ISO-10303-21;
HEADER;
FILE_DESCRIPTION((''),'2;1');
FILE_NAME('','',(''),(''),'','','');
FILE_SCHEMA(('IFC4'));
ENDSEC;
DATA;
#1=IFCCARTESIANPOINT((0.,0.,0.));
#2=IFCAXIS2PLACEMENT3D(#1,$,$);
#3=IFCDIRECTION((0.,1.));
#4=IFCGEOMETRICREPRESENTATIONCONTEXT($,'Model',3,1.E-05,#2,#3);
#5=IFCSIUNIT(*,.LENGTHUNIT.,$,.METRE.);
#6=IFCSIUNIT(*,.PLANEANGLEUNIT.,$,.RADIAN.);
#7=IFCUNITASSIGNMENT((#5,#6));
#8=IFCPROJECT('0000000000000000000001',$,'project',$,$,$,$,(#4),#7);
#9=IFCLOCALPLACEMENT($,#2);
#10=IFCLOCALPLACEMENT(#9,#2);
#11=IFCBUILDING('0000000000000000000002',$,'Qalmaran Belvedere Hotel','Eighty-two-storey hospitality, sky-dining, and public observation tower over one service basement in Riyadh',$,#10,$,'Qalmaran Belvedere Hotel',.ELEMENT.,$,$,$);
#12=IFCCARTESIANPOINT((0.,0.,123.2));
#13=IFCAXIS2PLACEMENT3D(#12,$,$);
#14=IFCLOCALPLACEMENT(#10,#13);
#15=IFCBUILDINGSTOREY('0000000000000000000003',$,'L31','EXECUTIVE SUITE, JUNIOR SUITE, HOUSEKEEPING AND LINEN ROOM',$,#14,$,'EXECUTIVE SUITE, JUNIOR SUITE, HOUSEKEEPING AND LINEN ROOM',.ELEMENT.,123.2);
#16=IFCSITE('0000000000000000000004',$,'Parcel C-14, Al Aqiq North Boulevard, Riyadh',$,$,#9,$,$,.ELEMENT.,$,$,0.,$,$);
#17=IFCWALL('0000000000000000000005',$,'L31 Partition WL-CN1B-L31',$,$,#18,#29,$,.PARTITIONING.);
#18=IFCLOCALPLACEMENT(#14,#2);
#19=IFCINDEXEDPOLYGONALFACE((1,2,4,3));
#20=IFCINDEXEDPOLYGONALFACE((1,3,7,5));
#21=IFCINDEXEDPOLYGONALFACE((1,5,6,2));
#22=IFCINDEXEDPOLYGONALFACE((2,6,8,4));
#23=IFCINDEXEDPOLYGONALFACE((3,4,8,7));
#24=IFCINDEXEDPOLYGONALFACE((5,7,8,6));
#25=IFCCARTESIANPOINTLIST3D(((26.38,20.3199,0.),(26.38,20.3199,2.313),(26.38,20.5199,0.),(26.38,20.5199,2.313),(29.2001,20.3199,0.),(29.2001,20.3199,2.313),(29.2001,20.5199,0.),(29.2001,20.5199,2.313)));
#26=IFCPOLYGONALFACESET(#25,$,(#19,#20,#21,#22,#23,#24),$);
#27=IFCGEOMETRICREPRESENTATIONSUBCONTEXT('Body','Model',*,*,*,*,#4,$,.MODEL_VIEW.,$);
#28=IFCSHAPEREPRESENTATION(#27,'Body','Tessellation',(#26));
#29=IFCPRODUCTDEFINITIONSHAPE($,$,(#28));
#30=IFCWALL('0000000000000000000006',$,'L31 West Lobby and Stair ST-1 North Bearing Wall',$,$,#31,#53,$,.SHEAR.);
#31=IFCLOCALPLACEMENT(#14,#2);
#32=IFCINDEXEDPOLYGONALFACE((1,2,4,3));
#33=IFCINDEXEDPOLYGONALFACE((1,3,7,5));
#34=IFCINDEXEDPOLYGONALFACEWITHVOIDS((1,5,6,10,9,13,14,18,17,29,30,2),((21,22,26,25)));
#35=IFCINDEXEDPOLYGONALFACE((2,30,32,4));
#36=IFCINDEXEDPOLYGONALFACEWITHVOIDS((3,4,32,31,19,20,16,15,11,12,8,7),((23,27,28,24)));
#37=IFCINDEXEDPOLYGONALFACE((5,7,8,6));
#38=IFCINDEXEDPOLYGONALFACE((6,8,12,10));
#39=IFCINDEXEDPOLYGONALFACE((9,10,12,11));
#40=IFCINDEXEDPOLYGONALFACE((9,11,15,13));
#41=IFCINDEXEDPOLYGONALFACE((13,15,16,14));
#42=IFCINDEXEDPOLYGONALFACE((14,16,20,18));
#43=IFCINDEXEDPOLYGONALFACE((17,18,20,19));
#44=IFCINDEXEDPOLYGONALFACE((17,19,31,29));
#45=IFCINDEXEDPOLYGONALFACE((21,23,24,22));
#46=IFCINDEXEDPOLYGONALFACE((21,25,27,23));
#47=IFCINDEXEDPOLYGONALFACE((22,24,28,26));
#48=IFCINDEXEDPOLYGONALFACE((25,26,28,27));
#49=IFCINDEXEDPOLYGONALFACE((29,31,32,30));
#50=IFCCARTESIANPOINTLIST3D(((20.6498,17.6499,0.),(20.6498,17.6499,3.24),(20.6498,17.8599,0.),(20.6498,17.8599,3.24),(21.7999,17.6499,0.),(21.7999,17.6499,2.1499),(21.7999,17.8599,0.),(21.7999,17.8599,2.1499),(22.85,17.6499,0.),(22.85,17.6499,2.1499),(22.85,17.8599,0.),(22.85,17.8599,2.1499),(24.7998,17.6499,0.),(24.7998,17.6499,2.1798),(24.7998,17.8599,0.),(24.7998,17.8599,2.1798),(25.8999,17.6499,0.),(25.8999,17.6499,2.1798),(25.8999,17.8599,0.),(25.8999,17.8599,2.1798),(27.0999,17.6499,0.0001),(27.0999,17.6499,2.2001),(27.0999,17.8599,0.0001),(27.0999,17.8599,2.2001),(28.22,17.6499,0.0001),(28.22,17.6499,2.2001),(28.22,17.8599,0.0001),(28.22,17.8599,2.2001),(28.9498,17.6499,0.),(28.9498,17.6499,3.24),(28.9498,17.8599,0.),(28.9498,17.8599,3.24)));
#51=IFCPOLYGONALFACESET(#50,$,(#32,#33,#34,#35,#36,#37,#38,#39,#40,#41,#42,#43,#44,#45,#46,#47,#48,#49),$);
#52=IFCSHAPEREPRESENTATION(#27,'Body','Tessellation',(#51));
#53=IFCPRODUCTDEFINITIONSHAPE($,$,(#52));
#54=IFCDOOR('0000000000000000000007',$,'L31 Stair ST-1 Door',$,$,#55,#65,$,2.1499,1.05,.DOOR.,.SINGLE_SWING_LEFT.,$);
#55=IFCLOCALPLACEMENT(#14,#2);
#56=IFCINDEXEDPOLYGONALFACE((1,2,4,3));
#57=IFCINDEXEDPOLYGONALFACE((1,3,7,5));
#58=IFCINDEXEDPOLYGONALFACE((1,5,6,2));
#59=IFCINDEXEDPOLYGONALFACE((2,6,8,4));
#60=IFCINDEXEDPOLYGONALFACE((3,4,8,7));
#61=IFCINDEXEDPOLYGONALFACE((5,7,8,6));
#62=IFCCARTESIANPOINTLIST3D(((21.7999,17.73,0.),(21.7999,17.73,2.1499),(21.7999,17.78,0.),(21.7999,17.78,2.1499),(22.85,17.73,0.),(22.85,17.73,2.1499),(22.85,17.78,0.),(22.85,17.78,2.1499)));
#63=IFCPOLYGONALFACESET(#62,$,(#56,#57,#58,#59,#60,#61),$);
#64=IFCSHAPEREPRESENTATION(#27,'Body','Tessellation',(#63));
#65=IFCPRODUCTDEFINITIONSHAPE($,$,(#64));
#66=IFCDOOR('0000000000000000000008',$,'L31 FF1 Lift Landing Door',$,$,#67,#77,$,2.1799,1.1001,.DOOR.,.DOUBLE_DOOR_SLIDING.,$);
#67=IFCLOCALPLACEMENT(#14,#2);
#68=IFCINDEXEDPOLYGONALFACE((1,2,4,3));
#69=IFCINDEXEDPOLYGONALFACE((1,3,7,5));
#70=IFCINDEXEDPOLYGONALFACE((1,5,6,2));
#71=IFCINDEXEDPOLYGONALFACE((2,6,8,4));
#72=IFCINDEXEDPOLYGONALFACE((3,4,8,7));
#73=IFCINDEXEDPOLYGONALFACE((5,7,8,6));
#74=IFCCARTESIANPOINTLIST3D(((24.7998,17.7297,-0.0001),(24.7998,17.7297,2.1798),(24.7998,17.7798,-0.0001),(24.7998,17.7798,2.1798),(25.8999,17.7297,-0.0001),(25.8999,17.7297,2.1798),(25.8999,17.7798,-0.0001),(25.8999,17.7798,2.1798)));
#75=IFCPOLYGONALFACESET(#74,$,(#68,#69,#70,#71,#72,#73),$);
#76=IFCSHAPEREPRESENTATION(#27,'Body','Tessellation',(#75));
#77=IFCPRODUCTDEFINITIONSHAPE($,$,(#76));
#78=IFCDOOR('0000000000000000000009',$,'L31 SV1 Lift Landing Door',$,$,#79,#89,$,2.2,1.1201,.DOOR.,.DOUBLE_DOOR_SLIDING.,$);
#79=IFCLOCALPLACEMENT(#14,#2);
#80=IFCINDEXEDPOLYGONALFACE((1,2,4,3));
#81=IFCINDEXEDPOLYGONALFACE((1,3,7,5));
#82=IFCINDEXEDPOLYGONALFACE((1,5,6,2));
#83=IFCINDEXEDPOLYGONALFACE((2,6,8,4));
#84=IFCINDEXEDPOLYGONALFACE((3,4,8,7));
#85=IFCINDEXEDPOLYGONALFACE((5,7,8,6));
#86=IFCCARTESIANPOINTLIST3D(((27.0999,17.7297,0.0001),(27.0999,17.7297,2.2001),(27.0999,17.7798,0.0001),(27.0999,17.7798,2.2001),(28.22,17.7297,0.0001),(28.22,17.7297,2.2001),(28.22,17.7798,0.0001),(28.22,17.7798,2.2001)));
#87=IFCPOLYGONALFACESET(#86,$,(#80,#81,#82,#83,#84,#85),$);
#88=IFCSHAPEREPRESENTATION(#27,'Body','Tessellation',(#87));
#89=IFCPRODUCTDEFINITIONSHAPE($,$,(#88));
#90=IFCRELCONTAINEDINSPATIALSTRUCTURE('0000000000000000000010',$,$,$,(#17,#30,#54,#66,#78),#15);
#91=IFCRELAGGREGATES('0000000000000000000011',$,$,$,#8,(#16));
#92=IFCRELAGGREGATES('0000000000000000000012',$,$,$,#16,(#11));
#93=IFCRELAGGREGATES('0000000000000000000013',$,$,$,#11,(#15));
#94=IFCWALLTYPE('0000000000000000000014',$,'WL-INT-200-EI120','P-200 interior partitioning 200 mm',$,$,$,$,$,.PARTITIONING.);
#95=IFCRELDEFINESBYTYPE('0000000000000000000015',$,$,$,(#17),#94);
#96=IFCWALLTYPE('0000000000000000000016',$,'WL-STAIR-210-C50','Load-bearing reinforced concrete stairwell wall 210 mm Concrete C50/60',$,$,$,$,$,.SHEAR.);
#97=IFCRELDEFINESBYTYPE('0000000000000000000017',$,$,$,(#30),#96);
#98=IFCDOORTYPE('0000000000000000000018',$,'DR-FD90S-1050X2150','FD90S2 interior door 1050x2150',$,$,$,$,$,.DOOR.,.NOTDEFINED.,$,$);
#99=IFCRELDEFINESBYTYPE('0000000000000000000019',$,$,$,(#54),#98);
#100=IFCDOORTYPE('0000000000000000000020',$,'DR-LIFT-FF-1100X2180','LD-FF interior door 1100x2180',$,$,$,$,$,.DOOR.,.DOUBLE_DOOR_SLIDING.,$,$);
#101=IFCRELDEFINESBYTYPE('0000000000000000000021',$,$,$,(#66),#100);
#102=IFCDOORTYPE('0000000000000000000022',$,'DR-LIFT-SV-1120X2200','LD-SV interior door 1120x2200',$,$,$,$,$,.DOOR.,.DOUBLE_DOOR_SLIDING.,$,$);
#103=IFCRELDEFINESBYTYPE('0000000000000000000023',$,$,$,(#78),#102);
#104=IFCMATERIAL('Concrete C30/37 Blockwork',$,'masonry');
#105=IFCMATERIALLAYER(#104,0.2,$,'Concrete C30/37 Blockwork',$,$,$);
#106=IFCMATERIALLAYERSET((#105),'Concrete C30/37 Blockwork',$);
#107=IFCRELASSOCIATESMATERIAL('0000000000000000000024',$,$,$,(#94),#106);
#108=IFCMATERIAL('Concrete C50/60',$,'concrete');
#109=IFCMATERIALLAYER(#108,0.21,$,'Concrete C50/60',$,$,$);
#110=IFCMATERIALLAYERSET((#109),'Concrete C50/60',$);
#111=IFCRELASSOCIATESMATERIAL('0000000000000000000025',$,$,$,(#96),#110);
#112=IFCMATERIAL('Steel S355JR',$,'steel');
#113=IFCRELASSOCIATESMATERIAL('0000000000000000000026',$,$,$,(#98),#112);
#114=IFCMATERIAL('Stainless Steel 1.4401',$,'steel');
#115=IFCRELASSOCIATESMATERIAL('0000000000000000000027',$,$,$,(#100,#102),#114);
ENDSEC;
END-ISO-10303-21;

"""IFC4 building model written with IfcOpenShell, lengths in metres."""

from ifc_helpers import new_model, si_unit, direction, frame, frame_2d, origin, place, context, subcontext, project, spatial, rectangle, extrude, material, layer, layer_set, type_object, element, fill, save


model = new_model("IFC4")

# Units and contexts
model_context = context("Model", 3, precision=1e-05, world=origin(), true_north=direction((0.0, 1.0)))
body_context = subcontext(model_context, "Body", "Model", "MODEL_VIEW")
ifc_project = project(units=[si_unit("LENGTHUNIT", "METRE"), si_unit("PLANEANGLEUNIT", "RADIAN")], contexts=[model_context])

# Site, building, storey
site_placement = place(None, origin())
site = spatial("IfcSite", under=ifc_project, at=site_placement, Name="Parcel C-14, Al Aqiq North Boulevard, Riyadh", CompositionType="ELEMENT", RefElevation=0.0)
building_placement = place(site_placement, origin())
building = spatial("IfcBuilding", under=site, at=building_placement, Name="Qalmaran Belvedere Hotel", Description="Eighty-two-storey hospitality, sky-dining, and public observation tower over one service basement in Riyadh", LongName="Qalmaran Belvedere Hotel", CompositionType="ELEMENT")
storey_placement = place(building_placement, frame((0.0, 0.0, 123.2)))
storey = spatial("IfcBuildingStorey", under=building, at=storey_placement, Name="L31", Description="EXECUTIVE SUITE, JUNIOR SUITE, HOUSEKEEPING AND LINEN ROOM", LongName="EXECUTIVE SUITE, JUNIOR SUITE, HOUSEKEEPING AND LINEN ROOM", CompositionType="ELEMENT", Elevation=123.2)

# Shared definitions
ifc_material_1 = material(Name="Steel S355JR", Category="steel")

# Shared definitions
ifc_material_2 = material(Name="Concrete C30/37 Blockwork", Category="masonry")
ifc_layer_1 = layer(ifc_material_2, 0.2, Name="Concrete C30/37 Blockwork")
ifc_layer_set_1 = layer_set([ifc_layer_1], Name="Concrete C30/37 Blockwork")
wall_type_1 = type_object("IfcWallType", Name="WL-INT-200-EI120", Description="P-200 interior partitioning 200 mm", PredefinedType="PARTITIONING", material=ifc_layer_set_1)

# Wall
wall_1_placement = place(storey_placement, frame((26.3799, 20.4199, 0.0), z_axis=(0.0, 0.0, 1.0), x_axis=(1.0, 0.0, 0.0)))
element("IfcWall", 1, at=wall_1_placement, inside=storey, type_object=wall_type_1, Name="L31 Partition WL-CN1B-L31", PredefinedType="PARTITIONING", context=body_context, shape_type="SweptSolid", body=[
    extrude(rectangle(XDim=2.8201, YDim=0.2, at=frame_2d((1.4102, 0.0))), origin(), (0.0, 0.0, 1.0), 2.313),
])

# Wall, openings, doors
ifc_material_3 = material(Name="Concrete C50/60", Category="concrete")
ifc_layer_2 = layer(ifc_material_3, 0.21, Name="Concrete C50/60")
ifc_layer_set_2 = layer_set([ifc_layer_2], Name="Concrete C50/60")
wall_type_2 = type_object("IfcWallType", Name="WL-STAIR-210-C50", Description="Load-bearing reinforced concrete stairwell wall 210 mm Concrete C50/60", PredefinedType="SHEAR", material=ifc_layer_set_2)
wall_2_placement = place(storey_placement, frame((20.6499, 17.7549, 0.0), z_axis=(0.0, 0.0, 1.0), x_axis=(1.0, 0.0, 0.0)))
wall_2 = element("IfcWall", 2, at=wall_2_placement, inside=storey, type_object=wall_type_2, Name="L31 West Lobby and Stair ST-1 North Bearing Wall", PredefinedType="SHEAR", context=body_context, shape_type="SweptSolid", body=[
    extrude(rectangle(XDim=8.3, YDim=0.21, at=frame_2d((4.1499, 0.0))), origin(), (0.0, 0.0, 1.0), 3.24),
])
opening_1_placement = place(wall_2_placement, frame((2.2, 0.0, 0.0), z_axis=(0.0, 0.0, 1.0), x_axis=(-1.0, 0.0, 0.0)))
opening_1 = element("IfcOpeningElement", 3, at=opening_1_placement, cuts=wall_2, PredefinedType="OPENING", context=body_context, shape_type="SweptSolid", body=[
    extrude(rectangle(XDim=1.05, YDim=2.1499, at=frame_2d((0.5249, 1.075))), frame((0.0, 0.115, 0.0), z_axis=(0.0, -1.0, 0.0), x_axis=(1.0, 0.0, 0.0)), (0.0, 0.0, 1.0), 0.23),
])
opening_2_placement = place(wall_2_placement, frame((4.1499, 0.0, 0.0)))
opening_2 = element("IfcOpeningElement", 4, at=opening_2_placement, cuts=wall_2, PredefinedType="OPENING", context=body_context, shape_type="SweptSolid", body=[
    extrude(rectangle(XDim=1.1001, YDim=2.1799, at=frame_2d((0.55, 1.0898))), frame((0.0, 0.115, 0.0), z_axis=(0.0, -1.0, 0.0), x_axis=(1.0, 0.0, 0.0)), (0.0, 0.0, 1.0), 0.23),
])
opening_3_placement = place(wall_2_placement, frame((6.45, 0.0, 0.0)))
opening_3 = element("IfcOpeningElement", 5, at=opening_3_placement, cuts=wall_2, PredefinedType="OPENING", context=body_context, shape_type="SweptSolid", body=[
    extrude(rectangle(XDim=1.1201, YDim=2.2, at=frame_2d((0.5601, 1.1001))), frame((0.0, 0.115, 0.0), z_axis=(0.0, -1.0, 0.0), x_axis=(1.0, 0.0, 0.0)), (0.0, 0.0, 1.0), 0.23),
])
door_type_1 = type_object("IfcDoorType", Name="DR-FD90S-1050X2150", Description="FD90S2 interior door 1050x2150", OperationType="NOTDEFINED", PredefinedType="DOOR", material=ifc_material_1)
door_1_placement = place(opening_1_placement, origin())
door_1 = element("IfcDoor", 6, at=door_1_placement, inside=storey, type_object=door_type_1, Name="L31 Stair ST-1 Door", OperationType="SINGLE_SWING_LEFT", OverallHeight=2.1499, OverallWidth=1.05, PredefinedType="DOOR", context=body_context, shape_type="SweptSolid", body=[
    extrude(rectangle(XDim=1.05, YDim=2.1499, at=frame_2d((0.5249, 1.075))), frame((0.0, 0.0249, 0.0), z_axis=(0.0, -1.0, 0.0), x_axis=(1.0, 0.0, 0.0)), (0.0, 0.0, 1.0), 0.05),
])
fill(opening_1, door_1)
ifc_material_4 = material(Name="Stainless Steel 1.4401", Category="steel")
door_type_2 = type_object("IfcDoorType", Name="DR-LIFT-FF-1100X2180", Description="LD-FF interior door 1100x2180", OperationType="DOUBLE_DOOR_SLIDING", PredefinedType="DOOR", material=ifc_material_4)
door_2_placement = place(opening_2_placement, origin())
door_2 = element("IfcDoor", 7, at=door_2_placement, inside=storey, type_object=door_type_2, Name="L31 FF1 Lift Landing Door", OperationType="DOUBLE_DOOR_SLIDING", OverallHeight=2.1799, OverallWidth=1.1001, PredefinedType="DOOR", context=body_context, shape_type="SweptSolid", body=[
    extrude(rectangle(XDim=1.1001, YDim=2.1799, at=frame_2d((0.55, 1.0898))), frame((0.0, 0.0249, 0.0), z_axis=(0.0, -1.0, 0.0), x_axis=(1.0, 0.0, 0.0)), (0.0, 0.0, 1.0), 0.05),
])
fill(opening_2, door_2)
door_type_3 = type_object("IfcDoorType", Name="DR-LIFT-SV-1120X2200", Description="LD-SV interior door 1120x2200", OperationType="DOUBLE_DOOR_SLIDING", PredefinedType="DOOR", material=ifc_material_4)
door_3_placement = place(opening_3_placement, origin())
door_3 = element("IfcDoor", 8, at=door_3_placement, inside=storey, type_object=door_type_3, Name="L31 SV1 Lift Landing Door", OperationType="DOUBLE_DOOR_SLIDING", OverallHeight=2.2, OverallWidth=1.1201, PredefinedType="DOOR", context=body_context, shape_type="SweptSolid", body=[
    extrude(rectangle(XDim=1.1201, YDim=2.2, at=frame_2d((0.5601, 1.1001))), frame((0.0, 0.0249, 0.0), z_axis=(0.0, -1.0, 0.0), x_axis=(1.0, 0.0, 0.0)), (0.0, 0.0, 1.0), 0.05),
])
fill(opening_3, door_3)

save(model, "model.ifc")
